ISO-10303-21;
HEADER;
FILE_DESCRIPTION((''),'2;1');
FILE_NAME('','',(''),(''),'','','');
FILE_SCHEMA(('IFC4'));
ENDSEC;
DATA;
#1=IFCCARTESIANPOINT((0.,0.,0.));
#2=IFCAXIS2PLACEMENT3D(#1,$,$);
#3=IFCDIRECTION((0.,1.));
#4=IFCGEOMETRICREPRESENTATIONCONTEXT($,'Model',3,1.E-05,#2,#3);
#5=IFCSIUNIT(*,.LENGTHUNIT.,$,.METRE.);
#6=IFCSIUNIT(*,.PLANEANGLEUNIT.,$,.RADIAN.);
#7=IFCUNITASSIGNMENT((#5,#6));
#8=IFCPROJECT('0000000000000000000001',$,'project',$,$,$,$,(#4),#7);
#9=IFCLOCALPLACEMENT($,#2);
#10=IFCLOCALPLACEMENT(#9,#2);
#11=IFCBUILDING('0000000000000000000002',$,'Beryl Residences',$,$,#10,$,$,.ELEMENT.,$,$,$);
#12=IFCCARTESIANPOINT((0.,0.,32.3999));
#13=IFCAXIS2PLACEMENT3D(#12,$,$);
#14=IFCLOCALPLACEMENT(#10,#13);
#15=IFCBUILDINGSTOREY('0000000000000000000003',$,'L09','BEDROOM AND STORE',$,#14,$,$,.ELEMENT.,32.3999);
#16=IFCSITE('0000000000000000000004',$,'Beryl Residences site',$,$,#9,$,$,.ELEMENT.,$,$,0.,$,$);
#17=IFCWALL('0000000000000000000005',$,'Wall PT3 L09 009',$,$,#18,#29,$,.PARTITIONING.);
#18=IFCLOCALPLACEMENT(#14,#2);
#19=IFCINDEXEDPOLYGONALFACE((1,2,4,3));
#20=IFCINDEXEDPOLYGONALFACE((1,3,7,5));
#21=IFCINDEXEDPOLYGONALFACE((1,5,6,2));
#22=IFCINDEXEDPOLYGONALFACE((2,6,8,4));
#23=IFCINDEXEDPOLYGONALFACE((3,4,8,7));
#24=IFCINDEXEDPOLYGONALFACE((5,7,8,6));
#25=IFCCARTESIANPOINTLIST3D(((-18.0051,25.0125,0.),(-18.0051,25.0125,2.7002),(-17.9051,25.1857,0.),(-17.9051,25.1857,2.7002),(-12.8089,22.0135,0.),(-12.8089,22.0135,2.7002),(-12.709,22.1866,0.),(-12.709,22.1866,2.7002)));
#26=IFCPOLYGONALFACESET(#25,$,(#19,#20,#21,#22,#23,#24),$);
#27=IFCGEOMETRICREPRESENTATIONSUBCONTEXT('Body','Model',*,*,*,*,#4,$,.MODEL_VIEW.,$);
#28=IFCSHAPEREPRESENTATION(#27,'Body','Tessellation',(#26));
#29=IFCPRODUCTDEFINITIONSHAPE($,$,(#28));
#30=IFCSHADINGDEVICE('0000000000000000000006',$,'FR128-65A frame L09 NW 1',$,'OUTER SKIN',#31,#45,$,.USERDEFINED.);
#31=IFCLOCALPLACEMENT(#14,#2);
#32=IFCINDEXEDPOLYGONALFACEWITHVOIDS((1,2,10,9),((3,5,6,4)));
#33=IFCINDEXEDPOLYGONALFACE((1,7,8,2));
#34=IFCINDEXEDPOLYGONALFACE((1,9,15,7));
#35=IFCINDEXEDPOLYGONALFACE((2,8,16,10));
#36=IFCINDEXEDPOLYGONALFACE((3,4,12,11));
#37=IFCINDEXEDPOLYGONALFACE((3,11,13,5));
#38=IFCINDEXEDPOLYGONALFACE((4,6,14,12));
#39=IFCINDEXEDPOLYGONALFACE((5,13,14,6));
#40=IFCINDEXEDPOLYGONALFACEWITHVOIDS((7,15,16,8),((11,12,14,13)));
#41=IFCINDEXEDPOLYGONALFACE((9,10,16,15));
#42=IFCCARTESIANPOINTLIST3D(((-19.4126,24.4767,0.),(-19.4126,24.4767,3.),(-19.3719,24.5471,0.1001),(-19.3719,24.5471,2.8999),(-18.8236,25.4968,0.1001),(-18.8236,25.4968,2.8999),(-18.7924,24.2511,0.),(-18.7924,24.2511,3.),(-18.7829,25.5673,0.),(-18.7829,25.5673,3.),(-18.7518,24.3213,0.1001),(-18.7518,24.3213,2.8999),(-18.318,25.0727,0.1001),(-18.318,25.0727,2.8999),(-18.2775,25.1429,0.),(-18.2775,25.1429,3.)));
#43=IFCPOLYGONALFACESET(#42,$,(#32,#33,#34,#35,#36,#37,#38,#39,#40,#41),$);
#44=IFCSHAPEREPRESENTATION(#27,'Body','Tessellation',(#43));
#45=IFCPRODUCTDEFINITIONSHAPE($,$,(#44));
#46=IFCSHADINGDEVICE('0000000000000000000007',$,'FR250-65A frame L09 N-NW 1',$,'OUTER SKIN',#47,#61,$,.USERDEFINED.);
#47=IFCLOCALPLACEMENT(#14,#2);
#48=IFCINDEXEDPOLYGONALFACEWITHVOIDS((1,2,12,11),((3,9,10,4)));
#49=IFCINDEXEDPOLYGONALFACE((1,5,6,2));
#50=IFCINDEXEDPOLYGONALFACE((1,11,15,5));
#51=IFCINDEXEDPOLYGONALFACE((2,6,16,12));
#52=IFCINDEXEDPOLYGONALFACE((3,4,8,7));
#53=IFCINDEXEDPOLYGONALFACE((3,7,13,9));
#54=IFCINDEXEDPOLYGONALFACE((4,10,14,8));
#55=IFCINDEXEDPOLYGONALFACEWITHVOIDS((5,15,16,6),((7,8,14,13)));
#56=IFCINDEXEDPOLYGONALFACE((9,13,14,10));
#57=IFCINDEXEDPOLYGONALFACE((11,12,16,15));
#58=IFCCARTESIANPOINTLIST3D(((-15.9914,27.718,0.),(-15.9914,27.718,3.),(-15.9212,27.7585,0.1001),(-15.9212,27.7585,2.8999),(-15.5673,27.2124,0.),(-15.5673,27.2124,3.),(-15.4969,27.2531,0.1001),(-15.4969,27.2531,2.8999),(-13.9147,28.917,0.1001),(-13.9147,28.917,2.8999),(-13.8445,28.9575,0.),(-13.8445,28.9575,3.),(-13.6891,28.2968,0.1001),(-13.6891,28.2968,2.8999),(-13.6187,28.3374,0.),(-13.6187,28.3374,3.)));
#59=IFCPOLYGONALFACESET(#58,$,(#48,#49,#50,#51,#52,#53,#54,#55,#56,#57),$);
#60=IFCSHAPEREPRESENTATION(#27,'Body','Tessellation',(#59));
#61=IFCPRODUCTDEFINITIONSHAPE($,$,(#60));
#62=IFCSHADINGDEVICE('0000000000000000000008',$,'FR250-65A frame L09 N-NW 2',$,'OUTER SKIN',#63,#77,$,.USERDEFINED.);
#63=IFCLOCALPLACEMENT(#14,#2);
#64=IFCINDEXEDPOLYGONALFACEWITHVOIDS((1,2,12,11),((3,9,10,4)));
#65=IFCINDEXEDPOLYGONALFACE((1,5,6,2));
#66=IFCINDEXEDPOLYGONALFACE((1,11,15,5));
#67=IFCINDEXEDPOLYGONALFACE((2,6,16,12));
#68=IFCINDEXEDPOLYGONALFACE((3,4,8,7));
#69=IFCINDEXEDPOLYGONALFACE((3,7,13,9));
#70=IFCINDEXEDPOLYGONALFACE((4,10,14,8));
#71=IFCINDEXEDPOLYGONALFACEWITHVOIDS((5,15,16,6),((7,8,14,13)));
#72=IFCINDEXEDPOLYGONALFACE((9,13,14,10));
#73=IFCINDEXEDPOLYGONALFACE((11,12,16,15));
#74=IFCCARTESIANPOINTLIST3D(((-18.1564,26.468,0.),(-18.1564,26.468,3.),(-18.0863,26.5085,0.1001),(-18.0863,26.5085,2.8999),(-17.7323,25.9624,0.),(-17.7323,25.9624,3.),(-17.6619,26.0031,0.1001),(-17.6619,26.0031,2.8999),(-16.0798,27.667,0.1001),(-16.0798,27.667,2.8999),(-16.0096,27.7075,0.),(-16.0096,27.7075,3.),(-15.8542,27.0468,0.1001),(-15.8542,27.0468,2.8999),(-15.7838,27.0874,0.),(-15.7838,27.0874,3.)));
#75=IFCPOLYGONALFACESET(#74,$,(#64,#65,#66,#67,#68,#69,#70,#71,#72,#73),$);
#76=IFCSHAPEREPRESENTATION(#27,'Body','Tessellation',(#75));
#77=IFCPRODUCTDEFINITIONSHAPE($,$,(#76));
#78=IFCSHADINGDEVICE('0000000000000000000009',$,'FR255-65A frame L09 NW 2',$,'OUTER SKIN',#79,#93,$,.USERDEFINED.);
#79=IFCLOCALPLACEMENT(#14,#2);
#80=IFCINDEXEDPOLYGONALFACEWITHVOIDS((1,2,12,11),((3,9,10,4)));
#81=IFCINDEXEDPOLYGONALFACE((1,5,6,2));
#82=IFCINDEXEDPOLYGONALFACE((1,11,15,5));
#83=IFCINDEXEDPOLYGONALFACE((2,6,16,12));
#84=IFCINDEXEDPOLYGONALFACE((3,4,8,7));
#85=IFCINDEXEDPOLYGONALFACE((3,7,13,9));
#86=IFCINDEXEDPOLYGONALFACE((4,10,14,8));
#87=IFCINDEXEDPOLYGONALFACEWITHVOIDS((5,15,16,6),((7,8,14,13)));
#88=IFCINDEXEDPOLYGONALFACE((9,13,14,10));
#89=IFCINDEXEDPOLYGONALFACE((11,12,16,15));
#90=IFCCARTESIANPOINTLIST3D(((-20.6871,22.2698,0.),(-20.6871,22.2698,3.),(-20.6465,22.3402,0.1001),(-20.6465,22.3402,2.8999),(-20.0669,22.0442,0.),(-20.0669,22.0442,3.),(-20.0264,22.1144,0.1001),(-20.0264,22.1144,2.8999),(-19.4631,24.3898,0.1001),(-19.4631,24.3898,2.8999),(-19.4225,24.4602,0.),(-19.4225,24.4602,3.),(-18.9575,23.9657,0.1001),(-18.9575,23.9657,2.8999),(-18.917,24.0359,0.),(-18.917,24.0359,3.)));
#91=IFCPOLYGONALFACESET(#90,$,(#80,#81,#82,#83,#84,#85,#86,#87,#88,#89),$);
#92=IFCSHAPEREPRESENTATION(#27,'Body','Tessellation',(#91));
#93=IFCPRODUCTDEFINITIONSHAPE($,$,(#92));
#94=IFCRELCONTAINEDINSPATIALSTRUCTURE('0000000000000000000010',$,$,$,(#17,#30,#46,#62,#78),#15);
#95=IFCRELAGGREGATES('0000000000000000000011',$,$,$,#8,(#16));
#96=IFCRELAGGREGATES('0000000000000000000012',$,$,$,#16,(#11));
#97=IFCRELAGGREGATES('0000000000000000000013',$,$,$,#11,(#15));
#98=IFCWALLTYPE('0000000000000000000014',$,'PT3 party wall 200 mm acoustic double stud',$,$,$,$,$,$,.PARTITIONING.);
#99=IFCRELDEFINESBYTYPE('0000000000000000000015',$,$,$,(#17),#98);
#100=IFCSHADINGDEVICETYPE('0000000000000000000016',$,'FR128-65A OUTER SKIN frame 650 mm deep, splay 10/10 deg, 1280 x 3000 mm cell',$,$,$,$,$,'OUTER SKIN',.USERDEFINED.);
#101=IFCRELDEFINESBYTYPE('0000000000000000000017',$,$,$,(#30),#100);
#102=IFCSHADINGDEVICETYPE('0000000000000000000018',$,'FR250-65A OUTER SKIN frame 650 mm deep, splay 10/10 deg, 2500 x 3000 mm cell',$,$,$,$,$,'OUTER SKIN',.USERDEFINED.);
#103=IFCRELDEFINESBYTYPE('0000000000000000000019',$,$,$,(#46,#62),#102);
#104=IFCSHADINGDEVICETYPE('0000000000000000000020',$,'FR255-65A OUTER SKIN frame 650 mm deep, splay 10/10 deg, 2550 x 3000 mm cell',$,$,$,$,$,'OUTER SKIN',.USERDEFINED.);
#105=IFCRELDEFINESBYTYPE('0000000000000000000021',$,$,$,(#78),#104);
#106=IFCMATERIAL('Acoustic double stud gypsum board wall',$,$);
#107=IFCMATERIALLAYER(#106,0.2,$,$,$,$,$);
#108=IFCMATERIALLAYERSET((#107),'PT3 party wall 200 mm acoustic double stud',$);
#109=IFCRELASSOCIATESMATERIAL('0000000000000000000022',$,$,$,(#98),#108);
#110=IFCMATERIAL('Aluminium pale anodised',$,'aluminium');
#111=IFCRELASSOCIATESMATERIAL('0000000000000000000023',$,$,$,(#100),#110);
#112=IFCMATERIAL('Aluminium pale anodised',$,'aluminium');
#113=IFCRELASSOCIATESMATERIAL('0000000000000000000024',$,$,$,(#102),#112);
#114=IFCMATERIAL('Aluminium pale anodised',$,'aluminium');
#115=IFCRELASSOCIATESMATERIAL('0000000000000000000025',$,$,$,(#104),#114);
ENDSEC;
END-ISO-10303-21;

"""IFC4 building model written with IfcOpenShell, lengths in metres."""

from ifc_helpers import new_model, entity, si_unit, direction, frame, frame_2d, origin, place, context, subcontext, project, spatial, rectangle, extrude, source, transform, mapped, material, layer, layer_set, type_object, type_shapes, element, save


model = new_model("IFC4")

# Units and contexts
model_context = context("Model", 3, precision=1e-05, world=origin(), true_north=direction((0.0, 1.0)))
body_context = subcontext(model_context, "Body", "Model", "MODEL_VIEW")
ifc_project = project(units=[si_unit("LENGTHUNIT", "METRE"), si_unit("PLANEANGLEUNIT", "RADIAN")], contexts=[model_context])

# Site, building, storey
site_placement = place(None, origin())
site = spatial("IfcSite", under=ifc_project, at=site_placement, Name="Beryl Residences site", CompositionType="ELEMENT", RefElevation=0.0)
building_placement = place(site_placement, origin())
building = spatial("IfcBuilding", under=site, at=building_placement, Name="Beryl Residences", CompositionType="ELEMENT")
storey_placement = place(building_placement, frame((0.0, 0.0, 32.3999)))
storey = spatial("IfcBuildingStorey", under=building, at=storey_placement, Name="L09", Description="BEDROOM AND STORE", CompositionType="ELEMENT", Elevation=32.3999)

# Wall
ifc_material_1 = material(Name="Acoustic double stud gypsum board wall")
ifc_layer_1 = layer(ifc_material_1, 0.2)
ifc_layer_set_1 = layer_set([ifc_layer_1], Name="PT3 party wall 200 mm acoustic double stud")
wall_type_1 = type_object("IfcWallType", Name="PT3 party wall 200 mm acoustic double stud", PredefinedType="PARTITIONING", material=ifc_layer_set_1)
wall_1_placement = place(storey_placement, frame((-17.9551, 25.0991, 0.0), z_axis=(0.0, 0.0, 1.0), x_axis=(0.866091, -0.499886, 0.0)))
element("IfcWall", 1, at=wall_1_placement, inside=storey, type_object=wall_type_1, Name="Wall PT3 L09 009", PredefinedType="PARTITIONING", context=body_context, shape_type="SweptSolid", body=[
    extrude(rectangle(XDim=5.9995, YDim=0.2, at=frame_2d((2.9998, 0.0))), origin(), (0.0, 0.0, 1.0), 2.7002),
])

# Shading devices
ifc_material_2 = material(Name="Aluminium pale anodised", Category="aluminium")
shading_device_type_1 = type_object("IfcShadingDeviceType", Name="FR128-65A OUTER SKIN frame 650 mm deep, splay 10/10 deg, 1280 x 3000 mm cell", ElementType="OUTER SKIN", PredefinedType="USERDEFINED", material=ifc_material_2)
cartesian_point_1 = entity("IfcCartesianPoint", [-0.5149, 0.0])
cartesian_point_2 = entity("IfcCartesianPoint", [-0.4338, 0.1001])
cartesian_point_3 = entity("IfcCartesianPoint", [-0.6296, 0.0])
cartesian_point_4 = entity("IfcCartesianPoint", [-0.5483, 0.1001])
shared_shape_1 = source(origin(), body_context, "Body", "SweptSolid", [
    entity("IfcExtrudedAreaSolidTapered", entity("IfcArbitraryProfileDefWithVoids", "AREA", None, entity("IfcPolyline", [cartesian_point_1, entity("IfcCartesianPoint", [0.5149, 0.0]), entity("IfcCartesianPoint", [0.5149, 3.0]), entity("IfcCartesianPoint", [-0.5149, 3.0]), cartesian_point_1]), [entity("IfcPolyline", [cartesian_point_2, entity("IfcCartesianPoint", [0.4338, 0.1001]), entity("IfcCartesianPoint", [0.4338, 2.8999]), entity("IfcCartesianPoint", [-0.4338, 2.8999]), cartesian_point_2])]), entity("IfcAxis2Placement3D", entity("IfcCartesianPoint", [0.0, 0.0, 0.0]), entity("IfcDirection", [0.0, 1.0, 0.0]), entity("IfcDirection", [-1.0, 0.0, 0.0])), entity("IfcDirection", [0.0, 0.0, 1.0]), 0.6499, entity("IfcArbitraryProfileDefWithVoids", "AREA", None, entity("IfcPolyline", [cartesian_point_3, entity("IfcCartesianPoint", [0.6296, 0.0]), entity("IfcCartesianPoint", [0.6296, 3.0]), entity("IfcCartesianPoint", [-0.6296, 3.0]), cartesian_point_3]), [entity("IfcPolyline", [cartesian_point_4, entity("IfcCartesianPoint", [0.5483, 0.1001]), entity("IfcCartesianPoint", [0.5483, 2.8999]), entity("IfcCartesianPoint", [-0.5483, 2.8999]), cartesian_point_4])])),
])
type_shapes(shading_device_type_1, [shared_shape_1])
shading_device_1_placement = place(storey_placement, frame((-18.5349, 24.697, 0.0), z_axis=(0.0, 0.0, 1.0), x_axis=(0.5, 0.866025, 0.0)))
element("IfcShadingDevice", 2, at=shading_device_1_placement, inside=storey, type_object=shading_device_type_1, Name="FR128-65A frame L09 NW 1", ObjectType="OUTER SKIN", PredefinedType="USERDEFINED", context=body_context, shape_type="MappedRepresentation", body=[
    mapped(shared_shape_1, transform((0.0, 0.0, 0.0))),
])
ifc_material_3 = material(Name="Aluminium pale anodised", Category="aluminium")
shading_device_type_2 = type_object("IfcShadingDeviceType", Name="FR250-65A OUTER SKIN frame 650 mm deep, splay 10/10 deg, 2500 x 3000 mm cell", ElementType="OUTER SKIN", PredefinedType="USERDEFINED", material=ifc_material_3)
cartesian_point_5 = entity("IfcCartesianPoint", [-1.125, 0.0])
cartesian_point_6 = entity("IfcCartesianPoint", [-1.0437, 0.1001])
cartesian_point_7 = entity("IfcCartesianPoint", [-1.2395, 0.0])
cartesian_point_8 = entity("IfcCartesianPoint", [-1.1584, 0.1001])
shared_shape_2 = source(origin(), body_context, "Body", "SweptSolid", [
    entity("IfcExtrudedAreaSolidTapered", entity("IfcArbitraryProfileDefWithVoids", "AREA", None, entity("IfcPolyline", [cartesian_point_5, entity("IfcCartesianPoint", [1.125, 0.0]), entity("IfcCartesianPoint", [1.125, 3.0]), entity("IfcCartesianPoint", [-1.125, 3.0]), cartesian_point_5]), [entity("IfcPolyline", [cartesian_point_6, entity("IfcCartesianPoint", [1.0437, 0.1001]), entity("IfcCartesianPoint", [1.0437, 2.8999]), entity("IfcCartesianPoint", [-1.0437, 2.8999]), cartesian_point_6])]), entity("IfcAxis2Placement3D", entity("IfcCartesianPoint", [0.0, 0.0, 0.0]), entity("IfcDirection", [0.0, 1.0, 0.0]), entity("IfcDirection", [-1.0, 0.0, 0.0])), entity("IfcDirection", [0.0, 0.0, 1.0]), 0.6499, entity("IfcArbitraryProfileDefWithVoids", "AREA", None, entity("IfcPolyline", [cartesian_point_7, entity("IfcCartesianPoint", [1.2395, 0.0]), entity("IfcCartesianPoint", [1.2395, 3.0]), entity("IfcCartesianPoint", [-1.2395, 3.0]), cartesian_point_7]), [entity("IfcPolyline", [cartesian_point_8, entity("IfcCartesianPoint", [1.1584, 0.1001]), entity("IfcCartesianPoint", [1.1584, 2.8999]), entity("IfcCartesianPoint", [-1.1584, 2.8999]), cartesian_point_8])])),
])
type_shapes(shading_device_type_2, [shared_shape_2])
for number, where, z_axis, x_axis, name in (
    (3, (-14.593, 27.7749, 0.0), (0.0, 0.0, 1.0), (0.866025, 0.5, 0.0), "FR250-65A frame L09 N-NW 1"),
    (4, (-16.7581, 26.5249, 0.0), (0.0, 0.0, 1.0), (0.866025, 0.5, 0.0), "FR250-65A frame L09 N-NW 2"),
):
    element("IfcShadingDevice", number, at=place(storey_placement, frame(where, z_axis=z_axis, x_axis=x_axis)), inside=storey, type_object=shading_device_type_2, Name=name, ObjectType="OUTER SKIN", PredefinedType="USERDEFINED", context=body_context, shape_type="MappedRepresentation", body=[
        mapped(shared_shape_2, transform((0.0, 0.0, 0.0))),
    ])
ifc_material_4 = material(Name="Aluminium pale anodised", Category="aluminium")
shading_device_type_3 = type_object("IfcShadingDeviceType", Name="FR255-65A OUTER SKIN frame 650 mm deep, splay 10/10 deg, 2550 x 3000 mm cell", ElementType="OUTER SKIN", PredefinedType="USERDEFINED", material=ifc_material_4)
cartesian_point_9 = entity("IfcCartesianPoint", [-1.1499, 0.0])
cartesian_point_10 = entity("IfcCartesianPoint", [-1.0688, 0.1001])
cartesian_point_11 = entity("IfcCartesianPoint", [-1.2646, 0.0])
cartesian_point_12 = entity("IfcCartesianPoint", [-1.1833, 0.1001])
shared_shape_3 = source(origin(), body_context, "Body", "SweptSolid", [
    entity("IfcExtrudedAreaSolidTapered", entity("IfcArbitraryProfileDefWithVoids", "AREA", None, entity("IfcPolyline", [cartesian_point_9, entity("IfcCartesianPoint", [1.1499, 0.0]), entity("IfcCartesianPoint", [1.1499, 3.0]), entity("IfcCartesianPoint", [-1.1499, 3.0]), cartesian_point_9]), [entity("IfcPolyline", [cartesian_point_10, entity("IfcCartesianPoint", [1.0688, 0.1001]), entity("IfcCartesianPoint", [1.0688, 2.8999]), entity("IfcCartesianPoint", [-1.0688, 2.8999]), cartesian_point_10])]), entity("IfcAxis2Placement3D", entity("IfcCartesianPoint", [0.0, 0.0, 0.0]), entity("IfcDirection", [0.0, 1.0, 0.0]), entity("IfcDirection", [-1.0, 0.0, 0.0])), entity("IfcDirection", [0.0, 0.0, 1.0]), 0.6499, entity("IfcArbitraryProfileDefWithVoids", "AREA", None, entity("IfcPolyline", [cartesian_point_11, entity("IfcCartesianPoint", [1.2646, 0.0]), entity("IfcCartesianPoint", [1.2646, 3.0]), entity("IfcCartesianPoint", [-1.2646, 3.0]), cartesian_point_11]), [entity("IfcPolyline", [cartesian_point_12, entity("IfcCartesianPoint", [1.1833, 0.1001]), entity("IfcCartesianPoint", [1.1833, 2.8999]), entity("IfcCartesianPoint", [-1.1833, 2.8999]), cartesian_point_12])])),
])
type_shapes(shading_device_type_3, [shared_shape_3])
shading_device_2_placement = place(storey_placement, frame((-19.4919, 23.04, 0.0), z_axis=(0.0, 0.0, 1.0), x_axis=(0.5, 0.866025, 0.0)))
element("IfcShadingDevice", 5, at=shading_device_2_placement, inside=storey, type_object=shading_device_type_3, Name="FR255-65A frame L09 NW 2", ObjectType="OUTER SKIN", PredefinedType="USERDEFINED", context=body_context, shape_type="MappedRepresentation", body=[
    mapped(shared_shape_3, transform((0.0, 0.0, 0.0))),
])

save(model, "model.ifc")
